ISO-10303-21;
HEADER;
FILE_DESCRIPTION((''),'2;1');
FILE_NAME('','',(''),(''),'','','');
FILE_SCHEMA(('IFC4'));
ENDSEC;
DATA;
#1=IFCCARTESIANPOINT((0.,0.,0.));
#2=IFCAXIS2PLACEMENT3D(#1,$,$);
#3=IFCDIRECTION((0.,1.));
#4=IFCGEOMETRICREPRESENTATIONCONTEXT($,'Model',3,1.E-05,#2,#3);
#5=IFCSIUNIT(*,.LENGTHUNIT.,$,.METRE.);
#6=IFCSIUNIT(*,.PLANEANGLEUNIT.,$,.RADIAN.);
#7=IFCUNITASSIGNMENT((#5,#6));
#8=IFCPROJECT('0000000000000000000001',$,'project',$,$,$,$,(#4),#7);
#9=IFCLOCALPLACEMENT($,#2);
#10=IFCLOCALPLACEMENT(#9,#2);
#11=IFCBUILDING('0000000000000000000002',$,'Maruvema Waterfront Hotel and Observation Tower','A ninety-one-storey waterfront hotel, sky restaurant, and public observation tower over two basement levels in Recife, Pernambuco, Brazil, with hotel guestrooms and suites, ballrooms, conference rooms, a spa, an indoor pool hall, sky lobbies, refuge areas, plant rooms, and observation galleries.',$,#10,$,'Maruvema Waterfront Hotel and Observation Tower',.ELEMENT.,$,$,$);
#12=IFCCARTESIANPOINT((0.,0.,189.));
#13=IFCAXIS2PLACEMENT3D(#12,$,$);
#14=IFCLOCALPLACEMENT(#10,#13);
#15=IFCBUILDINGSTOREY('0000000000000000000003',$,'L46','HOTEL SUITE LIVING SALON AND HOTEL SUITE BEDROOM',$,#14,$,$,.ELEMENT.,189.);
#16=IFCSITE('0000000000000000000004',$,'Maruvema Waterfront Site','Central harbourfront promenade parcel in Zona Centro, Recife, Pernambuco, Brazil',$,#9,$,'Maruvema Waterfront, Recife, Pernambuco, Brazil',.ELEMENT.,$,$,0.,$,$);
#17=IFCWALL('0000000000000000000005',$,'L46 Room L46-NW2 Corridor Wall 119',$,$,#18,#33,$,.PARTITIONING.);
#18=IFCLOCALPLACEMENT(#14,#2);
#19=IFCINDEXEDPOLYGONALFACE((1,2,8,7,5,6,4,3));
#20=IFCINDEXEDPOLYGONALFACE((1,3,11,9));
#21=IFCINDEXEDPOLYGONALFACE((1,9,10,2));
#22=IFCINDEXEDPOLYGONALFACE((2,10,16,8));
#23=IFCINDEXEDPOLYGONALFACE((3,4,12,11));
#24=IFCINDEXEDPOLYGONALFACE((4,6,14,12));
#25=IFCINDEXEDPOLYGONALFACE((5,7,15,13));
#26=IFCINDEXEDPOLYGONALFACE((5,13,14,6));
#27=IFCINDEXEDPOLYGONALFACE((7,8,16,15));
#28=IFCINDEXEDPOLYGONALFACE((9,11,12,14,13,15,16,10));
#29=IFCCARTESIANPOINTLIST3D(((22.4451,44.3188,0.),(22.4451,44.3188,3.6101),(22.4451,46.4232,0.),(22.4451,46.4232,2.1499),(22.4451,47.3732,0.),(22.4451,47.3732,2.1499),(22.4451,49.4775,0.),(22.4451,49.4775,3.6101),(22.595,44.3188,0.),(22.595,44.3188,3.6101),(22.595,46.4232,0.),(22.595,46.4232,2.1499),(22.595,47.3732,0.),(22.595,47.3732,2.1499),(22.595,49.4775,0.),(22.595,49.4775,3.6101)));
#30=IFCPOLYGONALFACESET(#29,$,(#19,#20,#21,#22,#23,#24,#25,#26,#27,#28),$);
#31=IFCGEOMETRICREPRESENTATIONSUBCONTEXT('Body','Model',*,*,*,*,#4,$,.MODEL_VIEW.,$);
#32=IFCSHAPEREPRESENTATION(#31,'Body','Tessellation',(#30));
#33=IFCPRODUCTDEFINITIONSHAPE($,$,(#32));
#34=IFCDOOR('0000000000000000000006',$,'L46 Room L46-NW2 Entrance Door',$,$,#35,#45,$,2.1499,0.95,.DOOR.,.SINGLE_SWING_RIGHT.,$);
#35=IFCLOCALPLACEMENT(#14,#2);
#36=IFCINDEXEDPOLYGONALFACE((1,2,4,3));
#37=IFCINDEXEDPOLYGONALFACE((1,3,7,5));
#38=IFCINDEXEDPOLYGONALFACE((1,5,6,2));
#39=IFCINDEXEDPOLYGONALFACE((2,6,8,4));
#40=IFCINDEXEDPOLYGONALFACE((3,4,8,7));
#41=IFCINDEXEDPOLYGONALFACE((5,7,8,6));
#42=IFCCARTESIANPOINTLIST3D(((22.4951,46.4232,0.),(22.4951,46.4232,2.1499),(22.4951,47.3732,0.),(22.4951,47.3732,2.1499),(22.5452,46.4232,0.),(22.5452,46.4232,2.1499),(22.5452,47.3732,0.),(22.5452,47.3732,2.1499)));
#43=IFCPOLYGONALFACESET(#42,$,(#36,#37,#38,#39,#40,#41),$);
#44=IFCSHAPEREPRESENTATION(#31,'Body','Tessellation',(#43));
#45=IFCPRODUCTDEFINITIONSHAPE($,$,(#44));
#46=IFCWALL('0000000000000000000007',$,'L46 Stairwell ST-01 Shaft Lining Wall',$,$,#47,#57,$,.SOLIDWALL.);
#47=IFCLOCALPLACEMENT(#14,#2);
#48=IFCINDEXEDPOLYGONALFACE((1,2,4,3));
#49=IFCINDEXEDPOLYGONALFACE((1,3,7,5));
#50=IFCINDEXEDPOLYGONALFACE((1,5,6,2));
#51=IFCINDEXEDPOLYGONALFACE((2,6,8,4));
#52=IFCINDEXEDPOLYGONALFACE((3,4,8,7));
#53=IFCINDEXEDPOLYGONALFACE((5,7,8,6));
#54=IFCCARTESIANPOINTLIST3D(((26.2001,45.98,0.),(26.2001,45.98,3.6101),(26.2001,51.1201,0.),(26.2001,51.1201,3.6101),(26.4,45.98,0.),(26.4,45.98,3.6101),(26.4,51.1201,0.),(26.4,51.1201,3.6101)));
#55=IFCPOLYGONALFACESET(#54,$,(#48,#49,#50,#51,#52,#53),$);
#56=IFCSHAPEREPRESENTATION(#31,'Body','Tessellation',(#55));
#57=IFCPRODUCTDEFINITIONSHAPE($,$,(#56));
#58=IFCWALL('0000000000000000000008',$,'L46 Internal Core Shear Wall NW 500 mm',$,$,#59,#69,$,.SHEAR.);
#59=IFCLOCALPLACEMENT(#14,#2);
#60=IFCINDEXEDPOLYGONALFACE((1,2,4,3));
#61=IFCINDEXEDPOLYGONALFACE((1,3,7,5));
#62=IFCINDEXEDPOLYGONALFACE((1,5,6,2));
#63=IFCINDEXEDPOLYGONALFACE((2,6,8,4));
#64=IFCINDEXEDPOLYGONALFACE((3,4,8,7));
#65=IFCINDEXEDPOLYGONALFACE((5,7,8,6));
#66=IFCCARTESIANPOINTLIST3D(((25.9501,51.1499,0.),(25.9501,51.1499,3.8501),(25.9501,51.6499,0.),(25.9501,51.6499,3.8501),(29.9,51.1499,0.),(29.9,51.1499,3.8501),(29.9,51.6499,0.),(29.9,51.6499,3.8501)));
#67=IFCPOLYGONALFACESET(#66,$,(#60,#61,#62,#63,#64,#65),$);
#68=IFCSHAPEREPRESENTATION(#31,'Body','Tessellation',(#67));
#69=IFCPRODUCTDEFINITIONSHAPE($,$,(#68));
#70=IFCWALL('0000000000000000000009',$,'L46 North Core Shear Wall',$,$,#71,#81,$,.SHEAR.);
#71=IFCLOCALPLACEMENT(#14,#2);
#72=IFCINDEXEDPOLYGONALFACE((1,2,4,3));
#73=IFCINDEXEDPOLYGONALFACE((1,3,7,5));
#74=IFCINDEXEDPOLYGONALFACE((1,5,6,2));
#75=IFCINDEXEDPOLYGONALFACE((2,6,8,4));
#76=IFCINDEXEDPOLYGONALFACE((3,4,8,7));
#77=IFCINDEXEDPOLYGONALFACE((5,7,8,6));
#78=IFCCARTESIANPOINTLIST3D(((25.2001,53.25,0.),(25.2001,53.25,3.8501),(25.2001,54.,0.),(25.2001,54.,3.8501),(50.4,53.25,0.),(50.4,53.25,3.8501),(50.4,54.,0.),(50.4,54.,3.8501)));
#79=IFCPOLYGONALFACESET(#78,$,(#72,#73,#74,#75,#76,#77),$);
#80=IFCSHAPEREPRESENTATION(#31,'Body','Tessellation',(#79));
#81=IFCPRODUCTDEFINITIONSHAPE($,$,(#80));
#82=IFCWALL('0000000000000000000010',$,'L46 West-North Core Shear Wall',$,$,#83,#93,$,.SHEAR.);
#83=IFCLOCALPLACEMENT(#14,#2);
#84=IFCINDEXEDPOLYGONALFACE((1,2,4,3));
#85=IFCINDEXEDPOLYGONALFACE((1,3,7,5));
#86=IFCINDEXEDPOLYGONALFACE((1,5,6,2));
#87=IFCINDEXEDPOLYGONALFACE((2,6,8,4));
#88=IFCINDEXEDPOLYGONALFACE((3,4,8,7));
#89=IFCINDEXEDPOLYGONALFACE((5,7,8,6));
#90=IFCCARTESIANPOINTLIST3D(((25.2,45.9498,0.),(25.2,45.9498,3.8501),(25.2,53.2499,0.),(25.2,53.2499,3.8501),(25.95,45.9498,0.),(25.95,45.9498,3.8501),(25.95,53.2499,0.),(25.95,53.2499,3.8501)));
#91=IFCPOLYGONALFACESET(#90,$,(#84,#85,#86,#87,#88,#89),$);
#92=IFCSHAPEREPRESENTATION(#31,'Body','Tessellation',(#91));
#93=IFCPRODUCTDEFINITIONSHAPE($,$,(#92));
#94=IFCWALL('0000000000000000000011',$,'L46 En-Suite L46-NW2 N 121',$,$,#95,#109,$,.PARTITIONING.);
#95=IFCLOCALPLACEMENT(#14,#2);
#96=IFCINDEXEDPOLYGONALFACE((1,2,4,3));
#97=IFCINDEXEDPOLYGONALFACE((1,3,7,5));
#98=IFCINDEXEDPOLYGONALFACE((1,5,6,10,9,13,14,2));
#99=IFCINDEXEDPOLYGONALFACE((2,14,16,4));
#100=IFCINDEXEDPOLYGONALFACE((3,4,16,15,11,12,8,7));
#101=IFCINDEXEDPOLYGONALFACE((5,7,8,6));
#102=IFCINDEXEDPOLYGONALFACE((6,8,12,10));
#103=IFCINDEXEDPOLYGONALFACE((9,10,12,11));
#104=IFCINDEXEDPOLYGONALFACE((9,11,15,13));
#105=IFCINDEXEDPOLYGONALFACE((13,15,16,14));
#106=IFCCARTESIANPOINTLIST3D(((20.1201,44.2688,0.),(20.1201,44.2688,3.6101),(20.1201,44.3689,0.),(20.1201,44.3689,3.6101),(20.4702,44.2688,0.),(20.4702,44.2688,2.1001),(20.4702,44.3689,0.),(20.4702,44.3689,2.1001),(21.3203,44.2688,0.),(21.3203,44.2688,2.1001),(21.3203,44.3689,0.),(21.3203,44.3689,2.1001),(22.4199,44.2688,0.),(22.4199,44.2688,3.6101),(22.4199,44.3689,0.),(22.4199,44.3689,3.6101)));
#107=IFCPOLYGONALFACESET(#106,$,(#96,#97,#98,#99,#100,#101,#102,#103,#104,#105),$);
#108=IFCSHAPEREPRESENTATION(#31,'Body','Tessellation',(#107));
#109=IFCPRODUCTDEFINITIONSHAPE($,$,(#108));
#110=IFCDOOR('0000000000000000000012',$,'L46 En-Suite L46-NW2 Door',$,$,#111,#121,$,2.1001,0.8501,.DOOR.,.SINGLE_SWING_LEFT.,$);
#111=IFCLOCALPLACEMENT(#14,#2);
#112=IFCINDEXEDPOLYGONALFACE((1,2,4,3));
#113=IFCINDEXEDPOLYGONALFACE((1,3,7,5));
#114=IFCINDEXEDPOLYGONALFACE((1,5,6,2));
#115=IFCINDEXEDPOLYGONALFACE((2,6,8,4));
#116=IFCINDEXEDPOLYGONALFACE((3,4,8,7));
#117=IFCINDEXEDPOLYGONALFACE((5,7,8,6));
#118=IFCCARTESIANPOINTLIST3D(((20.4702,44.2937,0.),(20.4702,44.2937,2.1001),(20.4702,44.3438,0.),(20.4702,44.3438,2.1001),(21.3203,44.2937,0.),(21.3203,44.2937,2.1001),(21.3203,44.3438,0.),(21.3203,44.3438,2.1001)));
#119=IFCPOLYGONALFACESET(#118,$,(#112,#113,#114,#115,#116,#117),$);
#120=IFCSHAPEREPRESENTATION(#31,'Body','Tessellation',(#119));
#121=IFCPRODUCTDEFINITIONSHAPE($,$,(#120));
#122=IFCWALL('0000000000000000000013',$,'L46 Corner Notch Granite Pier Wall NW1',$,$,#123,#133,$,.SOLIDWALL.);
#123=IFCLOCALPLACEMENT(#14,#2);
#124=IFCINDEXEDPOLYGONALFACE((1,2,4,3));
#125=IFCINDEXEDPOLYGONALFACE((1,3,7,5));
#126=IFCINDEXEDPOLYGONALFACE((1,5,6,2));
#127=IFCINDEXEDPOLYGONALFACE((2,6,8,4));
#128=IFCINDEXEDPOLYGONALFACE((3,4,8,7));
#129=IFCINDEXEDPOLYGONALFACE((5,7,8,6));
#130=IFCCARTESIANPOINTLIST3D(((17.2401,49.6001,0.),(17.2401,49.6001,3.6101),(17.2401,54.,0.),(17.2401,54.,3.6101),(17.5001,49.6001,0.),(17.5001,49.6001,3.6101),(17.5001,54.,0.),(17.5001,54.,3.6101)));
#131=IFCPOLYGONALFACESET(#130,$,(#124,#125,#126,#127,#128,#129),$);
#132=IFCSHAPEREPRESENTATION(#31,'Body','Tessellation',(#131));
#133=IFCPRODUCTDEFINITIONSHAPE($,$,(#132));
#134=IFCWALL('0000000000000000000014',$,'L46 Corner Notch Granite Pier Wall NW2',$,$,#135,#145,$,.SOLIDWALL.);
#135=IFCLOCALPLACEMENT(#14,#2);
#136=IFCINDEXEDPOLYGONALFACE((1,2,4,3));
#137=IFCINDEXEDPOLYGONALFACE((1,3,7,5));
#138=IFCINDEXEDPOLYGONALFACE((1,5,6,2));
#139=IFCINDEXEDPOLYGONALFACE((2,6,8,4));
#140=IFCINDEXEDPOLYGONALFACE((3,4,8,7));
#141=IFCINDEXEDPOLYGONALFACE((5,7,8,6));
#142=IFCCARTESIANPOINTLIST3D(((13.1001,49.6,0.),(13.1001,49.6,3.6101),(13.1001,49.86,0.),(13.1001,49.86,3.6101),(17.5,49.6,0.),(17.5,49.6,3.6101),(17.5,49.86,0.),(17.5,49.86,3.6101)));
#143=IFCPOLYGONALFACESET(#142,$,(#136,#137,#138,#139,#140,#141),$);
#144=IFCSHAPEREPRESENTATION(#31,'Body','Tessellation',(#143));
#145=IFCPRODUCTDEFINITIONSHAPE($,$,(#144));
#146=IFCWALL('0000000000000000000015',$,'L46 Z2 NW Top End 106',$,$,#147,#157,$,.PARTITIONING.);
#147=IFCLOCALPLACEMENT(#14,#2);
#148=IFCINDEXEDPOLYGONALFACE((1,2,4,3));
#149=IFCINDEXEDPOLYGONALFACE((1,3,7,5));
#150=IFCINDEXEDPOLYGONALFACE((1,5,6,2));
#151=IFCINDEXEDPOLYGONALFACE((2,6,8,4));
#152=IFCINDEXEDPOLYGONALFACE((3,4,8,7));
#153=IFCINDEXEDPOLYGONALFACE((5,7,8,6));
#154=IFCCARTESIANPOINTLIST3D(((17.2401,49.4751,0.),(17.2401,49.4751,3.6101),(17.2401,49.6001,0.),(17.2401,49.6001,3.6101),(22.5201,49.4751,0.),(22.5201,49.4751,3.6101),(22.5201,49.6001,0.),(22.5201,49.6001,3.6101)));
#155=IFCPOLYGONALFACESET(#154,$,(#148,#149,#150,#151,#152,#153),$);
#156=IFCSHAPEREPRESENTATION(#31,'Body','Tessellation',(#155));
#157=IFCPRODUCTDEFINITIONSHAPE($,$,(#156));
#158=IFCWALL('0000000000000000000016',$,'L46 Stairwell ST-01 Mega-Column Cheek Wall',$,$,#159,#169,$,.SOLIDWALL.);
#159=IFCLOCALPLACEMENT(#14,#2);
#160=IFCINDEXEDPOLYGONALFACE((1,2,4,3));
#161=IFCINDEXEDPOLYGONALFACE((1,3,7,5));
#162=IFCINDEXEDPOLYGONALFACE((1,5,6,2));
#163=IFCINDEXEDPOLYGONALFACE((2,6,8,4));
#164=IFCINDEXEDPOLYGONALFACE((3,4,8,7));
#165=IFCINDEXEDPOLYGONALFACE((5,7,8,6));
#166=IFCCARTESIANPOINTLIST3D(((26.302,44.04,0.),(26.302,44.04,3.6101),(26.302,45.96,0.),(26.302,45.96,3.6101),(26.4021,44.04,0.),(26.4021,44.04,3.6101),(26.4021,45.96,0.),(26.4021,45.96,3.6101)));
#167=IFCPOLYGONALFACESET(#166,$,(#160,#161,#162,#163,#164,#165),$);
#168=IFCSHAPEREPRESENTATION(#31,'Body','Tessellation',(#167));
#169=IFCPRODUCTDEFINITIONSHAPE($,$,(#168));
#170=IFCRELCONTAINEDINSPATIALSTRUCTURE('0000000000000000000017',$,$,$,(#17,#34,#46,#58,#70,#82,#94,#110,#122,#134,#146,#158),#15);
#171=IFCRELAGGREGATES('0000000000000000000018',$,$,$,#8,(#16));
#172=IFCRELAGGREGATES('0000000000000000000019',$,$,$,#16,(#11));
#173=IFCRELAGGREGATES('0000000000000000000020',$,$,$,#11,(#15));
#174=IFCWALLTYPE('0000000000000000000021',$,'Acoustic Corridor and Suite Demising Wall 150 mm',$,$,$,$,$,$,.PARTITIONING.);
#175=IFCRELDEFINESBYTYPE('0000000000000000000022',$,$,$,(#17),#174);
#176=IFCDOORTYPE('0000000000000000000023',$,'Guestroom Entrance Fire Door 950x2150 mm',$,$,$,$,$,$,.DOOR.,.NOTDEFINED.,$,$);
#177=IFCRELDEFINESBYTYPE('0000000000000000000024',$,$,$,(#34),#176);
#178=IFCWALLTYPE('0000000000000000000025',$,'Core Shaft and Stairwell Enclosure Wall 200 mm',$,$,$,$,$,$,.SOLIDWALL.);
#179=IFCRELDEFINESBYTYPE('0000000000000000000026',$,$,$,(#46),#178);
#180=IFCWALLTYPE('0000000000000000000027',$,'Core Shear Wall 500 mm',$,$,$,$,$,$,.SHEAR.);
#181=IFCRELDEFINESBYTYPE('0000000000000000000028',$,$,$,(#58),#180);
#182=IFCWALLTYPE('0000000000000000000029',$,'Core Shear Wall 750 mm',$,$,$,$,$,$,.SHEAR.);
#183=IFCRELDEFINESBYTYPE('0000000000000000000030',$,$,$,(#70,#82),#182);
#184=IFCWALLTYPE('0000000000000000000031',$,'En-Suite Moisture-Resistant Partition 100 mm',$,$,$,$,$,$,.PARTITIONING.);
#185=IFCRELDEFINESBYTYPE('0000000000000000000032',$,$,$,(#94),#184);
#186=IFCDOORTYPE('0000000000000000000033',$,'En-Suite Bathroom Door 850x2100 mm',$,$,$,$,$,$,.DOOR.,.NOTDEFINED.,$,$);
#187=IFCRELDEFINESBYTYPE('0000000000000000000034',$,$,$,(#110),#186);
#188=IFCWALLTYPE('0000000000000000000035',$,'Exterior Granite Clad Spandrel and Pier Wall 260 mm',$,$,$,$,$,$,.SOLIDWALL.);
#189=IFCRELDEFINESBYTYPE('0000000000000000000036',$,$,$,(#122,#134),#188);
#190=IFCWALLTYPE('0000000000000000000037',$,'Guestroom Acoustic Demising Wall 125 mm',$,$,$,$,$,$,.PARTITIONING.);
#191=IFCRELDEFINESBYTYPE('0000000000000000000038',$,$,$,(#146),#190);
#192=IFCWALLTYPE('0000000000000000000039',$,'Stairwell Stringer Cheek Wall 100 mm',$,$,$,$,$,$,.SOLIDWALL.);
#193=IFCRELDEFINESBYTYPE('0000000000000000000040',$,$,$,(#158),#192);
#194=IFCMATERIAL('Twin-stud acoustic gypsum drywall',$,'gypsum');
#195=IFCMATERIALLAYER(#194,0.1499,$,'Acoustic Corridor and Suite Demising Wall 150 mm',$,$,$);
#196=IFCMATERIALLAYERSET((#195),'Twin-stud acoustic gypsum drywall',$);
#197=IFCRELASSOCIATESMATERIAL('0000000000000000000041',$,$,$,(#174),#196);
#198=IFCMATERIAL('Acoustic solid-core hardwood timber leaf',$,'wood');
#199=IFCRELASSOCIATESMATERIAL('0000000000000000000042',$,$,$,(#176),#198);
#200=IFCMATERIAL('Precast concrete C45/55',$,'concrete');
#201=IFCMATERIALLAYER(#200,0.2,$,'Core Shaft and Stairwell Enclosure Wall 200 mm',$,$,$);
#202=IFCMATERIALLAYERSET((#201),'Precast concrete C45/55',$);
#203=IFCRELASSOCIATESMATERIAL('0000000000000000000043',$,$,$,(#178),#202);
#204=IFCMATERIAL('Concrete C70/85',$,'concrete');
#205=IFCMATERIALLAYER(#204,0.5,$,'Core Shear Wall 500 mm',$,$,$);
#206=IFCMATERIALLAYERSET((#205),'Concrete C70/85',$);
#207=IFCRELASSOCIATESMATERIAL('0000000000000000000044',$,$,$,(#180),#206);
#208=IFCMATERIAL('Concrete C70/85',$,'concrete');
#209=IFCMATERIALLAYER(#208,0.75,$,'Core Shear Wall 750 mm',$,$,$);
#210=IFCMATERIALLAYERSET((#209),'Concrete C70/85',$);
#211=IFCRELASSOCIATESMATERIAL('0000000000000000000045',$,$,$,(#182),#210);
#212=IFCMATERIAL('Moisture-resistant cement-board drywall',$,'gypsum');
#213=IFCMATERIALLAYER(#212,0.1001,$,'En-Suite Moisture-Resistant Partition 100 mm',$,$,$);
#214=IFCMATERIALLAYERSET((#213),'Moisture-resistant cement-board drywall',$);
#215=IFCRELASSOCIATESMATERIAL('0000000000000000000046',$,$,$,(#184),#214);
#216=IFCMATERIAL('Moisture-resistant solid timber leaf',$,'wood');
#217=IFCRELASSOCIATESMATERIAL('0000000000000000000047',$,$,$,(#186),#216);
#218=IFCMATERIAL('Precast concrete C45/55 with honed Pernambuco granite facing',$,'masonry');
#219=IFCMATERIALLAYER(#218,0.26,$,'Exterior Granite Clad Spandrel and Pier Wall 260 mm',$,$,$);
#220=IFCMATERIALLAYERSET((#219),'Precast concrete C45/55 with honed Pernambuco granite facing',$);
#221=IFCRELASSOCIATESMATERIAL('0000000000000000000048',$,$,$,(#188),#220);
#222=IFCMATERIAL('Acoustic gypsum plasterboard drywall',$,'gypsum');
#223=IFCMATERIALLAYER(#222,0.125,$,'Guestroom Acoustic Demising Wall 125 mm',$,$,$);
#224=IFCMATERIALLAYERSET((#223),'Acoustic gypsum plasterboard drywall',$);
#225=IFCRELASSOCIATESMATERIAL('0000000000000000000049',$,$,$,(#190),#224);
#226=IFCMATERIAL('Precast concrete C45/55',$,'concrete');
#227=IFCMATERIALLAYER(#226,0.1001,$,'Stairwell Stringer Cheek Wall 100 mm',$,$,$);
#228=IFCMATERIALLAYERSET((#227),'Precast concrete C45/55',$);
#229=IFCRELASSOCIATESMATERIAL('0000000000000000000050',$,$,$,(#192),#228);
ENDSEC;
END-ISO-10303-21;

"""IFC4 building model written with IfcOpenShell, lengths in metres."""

from ifc_helpers import new_model, si_unit, direction, frame, frame_2d, origin, place, context, subcontext, project, spatial, rectangle, extrude, material, layer, layer_set, type_object, element, fill, save


model = new_model("IFC4")

# Units and contexts
model_context = context("Model", 3, precision=1e-05, world=origin(), true_north=direction((0.0, 1.0)))
body_context = subcontext(model_context, "Body", "Model", "MODEL_VIEW")
ifc_project = project(units=[si_unit("LENGTHUNIT", "METRE"), si_unit("PLANEANGLEUNIT", "RADIAN")], contexts=[model_context])

# Site, building, storey
site_placement = place(None, origin())
site = spatial("IfcSite", under=ifc_project, at=site_placement, Name="Maruvema Waterfront Site", Description="Central harbourfront promenade parcel in Zona Centro, Recife, Pernambuco, Brazil", LongName="Maruvema Waterfront, Recife, Pernambuco, Brazil", CompositionType="ELEMENT", RefElevation=0.0)
building_placement = place(site_placement, origin())
building = spatial("IfcBuilding", under=site, at=building_placement, Name="Maruvema Waterfront Hotel and Observation Tower", Description="A ninety-one-storey waterfront hotel, sky restaurant, and public observation tower over two basement levels in Recife, Pernambuco, Brazil, with hotel guestrooms and suites, ballrooms, conference rooms, a spa, an indoor pool hall, sky lobbies, refuge areas, plant rooms, and observation galleries.", LongName="Maruvema Waterfront Hotel and Observation Tower", CompositionType="ELEMENT")
storey_placement = place(building_placement, frame((0.0, 0.0, 189.0)))
storey = spatial("IfcBuildingStorey", under=building, at=storey_placement, Name="L46", Description="HOTEL SUITE LIVING SALON AND HOTEL SUITE BEDROOM", CompositionType="ELEMENT", Elevation=189.0)

# Wall, opening, door
ifc_material_1 = material(Name="Twin-stud acoustic gypsum drywall", Category="gypsum")
ifc_layer_1 = layer(ifc_material_1, 0.1499, Name="Acoustic Corridor and Suite Demising Wall 150 mm")
ifc_layer_set_1 = layer_set([ifc_layer_1], Name="Twin-stud acoustic gypsum drywall")
wall_type_1 = type_object("IfcWallType", Name="Acoustic Corridor and Suite Demising Wall 150 mm", PredefinedType="PARTITIONING", material=ifc_layer_set_1)
wall_1_placement = place(storey_placement, frame((22.52, 44.3188, 0.0), z_axis=(0.0, 0.0, 1.0), x_axis=(0.0, 1.0, 0.0)))
wall_1 = element("IfcWall", 1, at=wall_1_placement, inside=storey, type_object=wall_type_1, Name="L46 Room L46-NW2 Corridor Wall 119", PredefinedType="PARTITIONING", context=body_context, shape_type="SweptSolid", body=[
    extrude(rectangle(XDim=5.1587, YDim=0.1499, at=frame_2d((2.5793, 0.0))), origin(), (0.0, 0.0, 1.0), 3.6101),
])
opening_1_placement = place(wall_1_placement, frame((2.1042, 0.0, 0.0)))
opening_1 = element("IfcOpeningElement", 2, at=opening_1_placement, cuts=wall_1, PredefinedType="OPENING", context=body_context, shape_type="SweptSolid", body=[
    extrude(rectangle(XDim=0.95, YDim=2.1499, at=frame_2d((0.4751, 1.075))), frame((0.0, 0.085, 0.0), z_axis=(0.0, -1.0, 0.0), x_axis=(1.0, 0.0, 0.0)), (0.0, 0.0, 1.0), 0.1699),
])
ifc_material_2 = material(Name="Acoustic solid-core hardwood timber leaf", Category="wood")
door_type_1 = type_object("IfcDoorType", Name="Guestroom Entrance Fire Door 950x2150 mm", OperationType="NOTDEFINED", PredefinedType="DOOR", material=ifc_material_2)
door_1_placement = place(opening_1_placement, origin())
door_1 = element("IfcDoor", 3, at=door_1_placement, inside=storey, type_object=door_type_1, Name="L46 Room L46-NW2 Entrance Door", OperationType="SINGLE_SWING_RIGHT", OverallHeight=2.1499, OverallWidth=0.95, PredefinedType="DOOR", context=body_context, shape_type="SweptSolid", body=[
    extrude(rectangle(XDim=0.95, YDim=2.1499, at=frame_2d((0.4751, 1.075))), frame((0.0, 0.0249, 0.0), z_axis=(0.0, -1.0, 0.0), x_axis=(1.0, 0.0, 0.0)), (0.0, 0.0, 1.0), 0.05),
])
fill(opening_1, door_1)

# Walls
ifc_material_3 = material(Name="Precast concrete C45/55", Category="concrete")
ifc_layer_2 = layer(ifc_material_3, 0.2, Name="Core Shaft and Stairwell Enclosure Wall 200 mm")
ifc_layer_set_2 = layer_set([ifc_layer_2], Name="Precast concrete C45/55")
wall_type_2 = type_object("IfcWallType", Name="Core Shaft and Stairwell Enclosure Wall 200 mm", PredefinedType="SOLIDWALL", material=ifc_layer_set_2)
wall_2_placement = place(storey_placement, frame((26.3, 45.98, 0.0), z_axis=(0.0, 0.0, 1.0), x_axis=(0.0, 1.0, 0.0)))
element("IfcWall", 4, at=wall_2_placement, inside=storey, type_object=wall_type_2, Name="L46 Stairwell ST-01 Shaft Lining Wall", PredefinedType="SOLIDWALL", context=body_context, shape_type="SweptSolid", body=[
    extrude(rectangle(XDim=5.1401, YDim=0.2, at=frame_2d((2.5701, 0.0))), origin(), (0.0, 0.0, 1.0), 3.6101),
])
ifc_material_4 = material(Name="Concrete C70/85", Category="concrete")
ifc_layer_3 = layer(ifc_material_4, 0.5, Name="Core Shear Wall 500 mm")
ifc_layer_set_3 = layer_set([ifc_layer_3], Name="Concrete C70/85")
wall_type_3 = type_object("IfcWallType", Name="Core Shear Wall 500 mm", PredefinedType="SHEAR", material=ifc_layer_set_3)
wall_3_placement = place(storey_placement, frame((25.95, 51.3999, 0.0), z_axis=(0.0, 0.0, 1.0), x_axis=(1.0, 0.0, 0.0)))
element("IfcWall", 5, at=wall_3_placement, inside=storey, type_object=wall_type_3, Name="L46 Internal Core Shear Wall NW 500 mm", PredefinedType="SHEAR", context=body_context, shape_type="SweptSolid", body=[
    extrude(rectangle(XDim=3.95, YDim=0.5, at=frame_2d((1.9751, 0.0))), origin(), (0.0, 0.0, 1.0), 3.8501),
])
ifc_material_5 = material(Name="Concrete C70/85", Category="concrete")
ifc_layer_4 = layer(ifc_material_5, 0.75, Name="Core Shear Wall 750 mm")
ifc_layer_set_4 = layer_set([ifc_layer_4], Name="Concrete C70/85")
wall_type_4 = type_object("IfcWallType", Name="Core Shear Wall 750 mm", PredefinedType="SHEAR", material=ifc_layer_set_4)
wall_4_placement = place(storey_placement, frame((25.2, 53.625, 0.0), z_axis=(0.0, 0.0, 1.0), x_axis=(1.0, 0.0, 0.0)))
element("IfcWall", 6, at=wall_4_placement, inside=storey, type_object=wall_type_4, Name="L46 North Core Shear Wall", PredefinedType="SHEAR", context=body_context, shape_type="SweptSolid", body=[
    extrude(rectangle(XDim=25.2, YDim=0.75, at=frame_2d((12.6001, 0.0))), origin(), (0.0, 0.0, 1.0), 3.8501),
])
wall_5_placement = place(storey_placement, frame((25.575, 45.95, 0.0), z_axis=(0.0, 0.0, 1.0), x_axis=(0.0, 1.0, 0.0)))
element("IfcWall", 7, at=wall_5_placement, inside=storey, type_object=wall_type_4, Name="L46 West-North Core Shear Wall", PredefinedType="SHEAR", context=body_context, shape_type="SweptSolid", body=[
    extrude(rectangle(XDim=7.3, YDim=0.75, at=frame_2d((3.6499, 0.0))), origin(), (0.0, 0.0, 1.0), 3.8501),
])

# Wall, opening, door
ifc_material_6 = material(Name="Moisture-resistant cement-board drywall", Category="gypsum")
ifc_layer_5 = layer(ifc_material_6, 0.1001, Name="En-Suite Moisture-Resistant Partition 100 mm")
ifc_layer_set_5 = layer_set([ifc_layer_5], Name="Moisture-resistant cement-board drywall")
wall_type_5 = type_object("IfcWallType", Name="En-Suite Moisture-Resistant Partition 100 mm", PredefinedType="PARTITIONING", material=ifc_layer_set_5)
wall_6_placement = place(storey_placement, frame((20.1201, 44.3188, 0.0), z_axis=(0.0, 0.0, 1.0), x_axis=(1.0, 0.0, 0.0)))
wall_6 = element("IfcWall", 8, at=wall_6_placement, inside=storey, type_object=wall_type_5, Name="L46 En-Suite L46-NW2 N 121", PredefinedType="PARTITIONING", context=body_context, shape_type="SweptSolid", body=[
    extrude(rectangle(XDim=2.2998, YDim=0.1001, at=frame_2d((1.1499, 0.0))), origin(), (0.0, 0.0, 1.0), 3.6101),
])
opening_2_placement = place(wall_6_placement, frame((0.3501, 0.0, 0.0)))
opening_2 = element("IfcOpeningElement", 9, at=opening_2_placement, cuts=wall_6, PredefinedType="OPENING", context=body_context, shape_type="SweptSolid", body=[
    extrude(rectangle(XDim=0.8501, YDim=2.1001, at=frame_2d((0.425, 1.05))), frame((0.0, 0.0601, 0.0), z_axis=(0.0, -1.0, 0.0), x_axis=(1.0, 0.0, 0.0)), (0.0, 0.0, 1.0), 0.1201),
])
ifc_material_7 = material(Name="Moisture-resistant solid timber leaf", Category="wood")
door_type_2 = type_object("IfcDoorType", Name="En-Suite Bathroom Door 850x2100 mm", OperationType="NOTDEFINED", PredefinedType="DOOR", material=ifc_material_7)
door_2_placement = place(opening_2_placement, origin())
door_2 = element("IfcDoor", 10, at=door_2_placement, inside=storey, type_object=door_type_2, Name="L46 En-Suite L46-NW2 Door", OperationType="SINGLE_SWING_LEFT", OverallHeight=2.1001, OverallWidth=0.8501, PredefinedType="DOOR", context=body_context, shape_type="SweptSolid", body=[
    extrude(rectangle(XDim=0.8501, YDim=2.1001, at=frame_2d((0.425, 1.05))), frame((0.0, 0.0249, 0.0), z_axis=(0.0, -1.0, 0.0), x_axis=(1.0, 0.0, 0.0)), (0.0, 0.0, 1.0), 0.05),
])
fill(opening_2, door_2)

# Walls
ifc_material_8 = material(Name="Precast concrete C45/55 with honed Pernambuco granite facing", Category="masonry")
ifc_layer_6 = layer(ifc_material_8, 0.26, Name="Exterior Granite Clad Spandrel and Pier Wall 260 mm")
ifc_layer_set_6 = layer_set([ifc_layer_6], Name="Precast concrete C45/55 with honed Pernambuco granite facing")
wall_type_6 = type_object("IfcWallType", Name="Exterior Granite Clad Spandrel and Pier Wall 260 mm", PredefinedType="SOLIDWALL", material=ifc_layer_set_6)
for number, where, z_axis, x_axis, name in (
    (11, (17.3701, 49.6001, 0.0), (0.0, 0.0, 1.0), (0.0, 1.0, 0.0), "L46 Corner Notch Granite Pier Wall NW1"),
    (12, (13.1001, 49.73, 0.0), (0.0, 0.0, 1.0), (1.0, 0.0, 0.0), "L46 Corner Notch Granite Pier Wall NW2"),
):
    element("IfcWall", number, at=place(storey_placement, frame(where, z_axis=z_axis, x_axis=x_axis)), inside=storey, type_object=wall_type_6, Name=name, PredefinedType="SOLIDWALL", context=body_context, shape_type="SweptSolid", body=[
        extrude(rectangle(XDim=4.3999, YDim=0.26, at=frame_2d((2.2, 0.0))), origin(), (0.0, 0.0, 1.0), 3.6101),
    ])
ifc_material_9 = material(Name="Acoustic gypsum plasterboard drywall", Category="gypsum")
ifc_layer_7 = layer(ifc_material_9, 0.125, Name="Guestroom Acoustic Demising Wall 125 mm")
ifc_layer_set_7 = layer_set([ifc_layer_7], Name="Acoustic gypsum plasterboard drywall")
wall_type_7 = type_object("IfcWallType", Name="Guestroom Acoustic Demising Wall 125 mm", PredefinedType="PARTITIONING", material=ifc_layer_set_7)
wall_7_placement = place(storey_placement, frame((17.24, 49.5376, 0.0), z_axis=(0.0, 0.0, 1.0), x_axis=(1.0, 0.0, 0.0)))
element("IfcWall", 13, at=wall_7_placement, inside=storey, type_object=wall_type_7, Name="L46 Z2 NW Top End 106", PredefinedType="PARTITIONING", context=body_context, shape_type="SweptSolid", body=[
    extrude(rectangle(XDim=5.28, YDim=0.125, at=frame_2d((2.6401, 0.0))), origin(), (0.0, 0.0, 1.0), 3.6101),
])
ifc_material_10 = material(Name="Precast concrete C45/55", Category="concrete")
ifc_layer_8 = layer(ifc_material_10, 0.1001, Name="Stairwell Stringer Cheek Wall 100 mm")
ifc_layer_set_8 = layer_set([ifc_layer_8], Name="Precast concrete C45/55")
wall_type_8 = type_object("IfcWallType", Name="Stairwell Stringer Cheek Wall 100 mm", PredefinedType="SOLIDWALL", material=ifc_layer_set_8)
wall_8_placement = place(storey_placement, frame((26.3521, 44.04, 0.0), z_axis=(0.0, 0.0, 1.0), x_axis=(0.0, 1.0, 0.0)))
element("IfcWall", 14, at=wall_8_placement, inside=storey, type_object=wall_type_8, Name="L46 Stairwell ST-01 Mega-Column Cheek Wall", PredefinedType="SOLIDWALL", context=body_context, shape_type="SweptSolid", body=[
    extrude(rectangle(XDim=1.9199, YDim=0.1001, at=frame_2d((0.96, 0.0))), origin(), (0.0, 0.0, 1.0), 3.6101),
])

save(model, "model.ifc")
